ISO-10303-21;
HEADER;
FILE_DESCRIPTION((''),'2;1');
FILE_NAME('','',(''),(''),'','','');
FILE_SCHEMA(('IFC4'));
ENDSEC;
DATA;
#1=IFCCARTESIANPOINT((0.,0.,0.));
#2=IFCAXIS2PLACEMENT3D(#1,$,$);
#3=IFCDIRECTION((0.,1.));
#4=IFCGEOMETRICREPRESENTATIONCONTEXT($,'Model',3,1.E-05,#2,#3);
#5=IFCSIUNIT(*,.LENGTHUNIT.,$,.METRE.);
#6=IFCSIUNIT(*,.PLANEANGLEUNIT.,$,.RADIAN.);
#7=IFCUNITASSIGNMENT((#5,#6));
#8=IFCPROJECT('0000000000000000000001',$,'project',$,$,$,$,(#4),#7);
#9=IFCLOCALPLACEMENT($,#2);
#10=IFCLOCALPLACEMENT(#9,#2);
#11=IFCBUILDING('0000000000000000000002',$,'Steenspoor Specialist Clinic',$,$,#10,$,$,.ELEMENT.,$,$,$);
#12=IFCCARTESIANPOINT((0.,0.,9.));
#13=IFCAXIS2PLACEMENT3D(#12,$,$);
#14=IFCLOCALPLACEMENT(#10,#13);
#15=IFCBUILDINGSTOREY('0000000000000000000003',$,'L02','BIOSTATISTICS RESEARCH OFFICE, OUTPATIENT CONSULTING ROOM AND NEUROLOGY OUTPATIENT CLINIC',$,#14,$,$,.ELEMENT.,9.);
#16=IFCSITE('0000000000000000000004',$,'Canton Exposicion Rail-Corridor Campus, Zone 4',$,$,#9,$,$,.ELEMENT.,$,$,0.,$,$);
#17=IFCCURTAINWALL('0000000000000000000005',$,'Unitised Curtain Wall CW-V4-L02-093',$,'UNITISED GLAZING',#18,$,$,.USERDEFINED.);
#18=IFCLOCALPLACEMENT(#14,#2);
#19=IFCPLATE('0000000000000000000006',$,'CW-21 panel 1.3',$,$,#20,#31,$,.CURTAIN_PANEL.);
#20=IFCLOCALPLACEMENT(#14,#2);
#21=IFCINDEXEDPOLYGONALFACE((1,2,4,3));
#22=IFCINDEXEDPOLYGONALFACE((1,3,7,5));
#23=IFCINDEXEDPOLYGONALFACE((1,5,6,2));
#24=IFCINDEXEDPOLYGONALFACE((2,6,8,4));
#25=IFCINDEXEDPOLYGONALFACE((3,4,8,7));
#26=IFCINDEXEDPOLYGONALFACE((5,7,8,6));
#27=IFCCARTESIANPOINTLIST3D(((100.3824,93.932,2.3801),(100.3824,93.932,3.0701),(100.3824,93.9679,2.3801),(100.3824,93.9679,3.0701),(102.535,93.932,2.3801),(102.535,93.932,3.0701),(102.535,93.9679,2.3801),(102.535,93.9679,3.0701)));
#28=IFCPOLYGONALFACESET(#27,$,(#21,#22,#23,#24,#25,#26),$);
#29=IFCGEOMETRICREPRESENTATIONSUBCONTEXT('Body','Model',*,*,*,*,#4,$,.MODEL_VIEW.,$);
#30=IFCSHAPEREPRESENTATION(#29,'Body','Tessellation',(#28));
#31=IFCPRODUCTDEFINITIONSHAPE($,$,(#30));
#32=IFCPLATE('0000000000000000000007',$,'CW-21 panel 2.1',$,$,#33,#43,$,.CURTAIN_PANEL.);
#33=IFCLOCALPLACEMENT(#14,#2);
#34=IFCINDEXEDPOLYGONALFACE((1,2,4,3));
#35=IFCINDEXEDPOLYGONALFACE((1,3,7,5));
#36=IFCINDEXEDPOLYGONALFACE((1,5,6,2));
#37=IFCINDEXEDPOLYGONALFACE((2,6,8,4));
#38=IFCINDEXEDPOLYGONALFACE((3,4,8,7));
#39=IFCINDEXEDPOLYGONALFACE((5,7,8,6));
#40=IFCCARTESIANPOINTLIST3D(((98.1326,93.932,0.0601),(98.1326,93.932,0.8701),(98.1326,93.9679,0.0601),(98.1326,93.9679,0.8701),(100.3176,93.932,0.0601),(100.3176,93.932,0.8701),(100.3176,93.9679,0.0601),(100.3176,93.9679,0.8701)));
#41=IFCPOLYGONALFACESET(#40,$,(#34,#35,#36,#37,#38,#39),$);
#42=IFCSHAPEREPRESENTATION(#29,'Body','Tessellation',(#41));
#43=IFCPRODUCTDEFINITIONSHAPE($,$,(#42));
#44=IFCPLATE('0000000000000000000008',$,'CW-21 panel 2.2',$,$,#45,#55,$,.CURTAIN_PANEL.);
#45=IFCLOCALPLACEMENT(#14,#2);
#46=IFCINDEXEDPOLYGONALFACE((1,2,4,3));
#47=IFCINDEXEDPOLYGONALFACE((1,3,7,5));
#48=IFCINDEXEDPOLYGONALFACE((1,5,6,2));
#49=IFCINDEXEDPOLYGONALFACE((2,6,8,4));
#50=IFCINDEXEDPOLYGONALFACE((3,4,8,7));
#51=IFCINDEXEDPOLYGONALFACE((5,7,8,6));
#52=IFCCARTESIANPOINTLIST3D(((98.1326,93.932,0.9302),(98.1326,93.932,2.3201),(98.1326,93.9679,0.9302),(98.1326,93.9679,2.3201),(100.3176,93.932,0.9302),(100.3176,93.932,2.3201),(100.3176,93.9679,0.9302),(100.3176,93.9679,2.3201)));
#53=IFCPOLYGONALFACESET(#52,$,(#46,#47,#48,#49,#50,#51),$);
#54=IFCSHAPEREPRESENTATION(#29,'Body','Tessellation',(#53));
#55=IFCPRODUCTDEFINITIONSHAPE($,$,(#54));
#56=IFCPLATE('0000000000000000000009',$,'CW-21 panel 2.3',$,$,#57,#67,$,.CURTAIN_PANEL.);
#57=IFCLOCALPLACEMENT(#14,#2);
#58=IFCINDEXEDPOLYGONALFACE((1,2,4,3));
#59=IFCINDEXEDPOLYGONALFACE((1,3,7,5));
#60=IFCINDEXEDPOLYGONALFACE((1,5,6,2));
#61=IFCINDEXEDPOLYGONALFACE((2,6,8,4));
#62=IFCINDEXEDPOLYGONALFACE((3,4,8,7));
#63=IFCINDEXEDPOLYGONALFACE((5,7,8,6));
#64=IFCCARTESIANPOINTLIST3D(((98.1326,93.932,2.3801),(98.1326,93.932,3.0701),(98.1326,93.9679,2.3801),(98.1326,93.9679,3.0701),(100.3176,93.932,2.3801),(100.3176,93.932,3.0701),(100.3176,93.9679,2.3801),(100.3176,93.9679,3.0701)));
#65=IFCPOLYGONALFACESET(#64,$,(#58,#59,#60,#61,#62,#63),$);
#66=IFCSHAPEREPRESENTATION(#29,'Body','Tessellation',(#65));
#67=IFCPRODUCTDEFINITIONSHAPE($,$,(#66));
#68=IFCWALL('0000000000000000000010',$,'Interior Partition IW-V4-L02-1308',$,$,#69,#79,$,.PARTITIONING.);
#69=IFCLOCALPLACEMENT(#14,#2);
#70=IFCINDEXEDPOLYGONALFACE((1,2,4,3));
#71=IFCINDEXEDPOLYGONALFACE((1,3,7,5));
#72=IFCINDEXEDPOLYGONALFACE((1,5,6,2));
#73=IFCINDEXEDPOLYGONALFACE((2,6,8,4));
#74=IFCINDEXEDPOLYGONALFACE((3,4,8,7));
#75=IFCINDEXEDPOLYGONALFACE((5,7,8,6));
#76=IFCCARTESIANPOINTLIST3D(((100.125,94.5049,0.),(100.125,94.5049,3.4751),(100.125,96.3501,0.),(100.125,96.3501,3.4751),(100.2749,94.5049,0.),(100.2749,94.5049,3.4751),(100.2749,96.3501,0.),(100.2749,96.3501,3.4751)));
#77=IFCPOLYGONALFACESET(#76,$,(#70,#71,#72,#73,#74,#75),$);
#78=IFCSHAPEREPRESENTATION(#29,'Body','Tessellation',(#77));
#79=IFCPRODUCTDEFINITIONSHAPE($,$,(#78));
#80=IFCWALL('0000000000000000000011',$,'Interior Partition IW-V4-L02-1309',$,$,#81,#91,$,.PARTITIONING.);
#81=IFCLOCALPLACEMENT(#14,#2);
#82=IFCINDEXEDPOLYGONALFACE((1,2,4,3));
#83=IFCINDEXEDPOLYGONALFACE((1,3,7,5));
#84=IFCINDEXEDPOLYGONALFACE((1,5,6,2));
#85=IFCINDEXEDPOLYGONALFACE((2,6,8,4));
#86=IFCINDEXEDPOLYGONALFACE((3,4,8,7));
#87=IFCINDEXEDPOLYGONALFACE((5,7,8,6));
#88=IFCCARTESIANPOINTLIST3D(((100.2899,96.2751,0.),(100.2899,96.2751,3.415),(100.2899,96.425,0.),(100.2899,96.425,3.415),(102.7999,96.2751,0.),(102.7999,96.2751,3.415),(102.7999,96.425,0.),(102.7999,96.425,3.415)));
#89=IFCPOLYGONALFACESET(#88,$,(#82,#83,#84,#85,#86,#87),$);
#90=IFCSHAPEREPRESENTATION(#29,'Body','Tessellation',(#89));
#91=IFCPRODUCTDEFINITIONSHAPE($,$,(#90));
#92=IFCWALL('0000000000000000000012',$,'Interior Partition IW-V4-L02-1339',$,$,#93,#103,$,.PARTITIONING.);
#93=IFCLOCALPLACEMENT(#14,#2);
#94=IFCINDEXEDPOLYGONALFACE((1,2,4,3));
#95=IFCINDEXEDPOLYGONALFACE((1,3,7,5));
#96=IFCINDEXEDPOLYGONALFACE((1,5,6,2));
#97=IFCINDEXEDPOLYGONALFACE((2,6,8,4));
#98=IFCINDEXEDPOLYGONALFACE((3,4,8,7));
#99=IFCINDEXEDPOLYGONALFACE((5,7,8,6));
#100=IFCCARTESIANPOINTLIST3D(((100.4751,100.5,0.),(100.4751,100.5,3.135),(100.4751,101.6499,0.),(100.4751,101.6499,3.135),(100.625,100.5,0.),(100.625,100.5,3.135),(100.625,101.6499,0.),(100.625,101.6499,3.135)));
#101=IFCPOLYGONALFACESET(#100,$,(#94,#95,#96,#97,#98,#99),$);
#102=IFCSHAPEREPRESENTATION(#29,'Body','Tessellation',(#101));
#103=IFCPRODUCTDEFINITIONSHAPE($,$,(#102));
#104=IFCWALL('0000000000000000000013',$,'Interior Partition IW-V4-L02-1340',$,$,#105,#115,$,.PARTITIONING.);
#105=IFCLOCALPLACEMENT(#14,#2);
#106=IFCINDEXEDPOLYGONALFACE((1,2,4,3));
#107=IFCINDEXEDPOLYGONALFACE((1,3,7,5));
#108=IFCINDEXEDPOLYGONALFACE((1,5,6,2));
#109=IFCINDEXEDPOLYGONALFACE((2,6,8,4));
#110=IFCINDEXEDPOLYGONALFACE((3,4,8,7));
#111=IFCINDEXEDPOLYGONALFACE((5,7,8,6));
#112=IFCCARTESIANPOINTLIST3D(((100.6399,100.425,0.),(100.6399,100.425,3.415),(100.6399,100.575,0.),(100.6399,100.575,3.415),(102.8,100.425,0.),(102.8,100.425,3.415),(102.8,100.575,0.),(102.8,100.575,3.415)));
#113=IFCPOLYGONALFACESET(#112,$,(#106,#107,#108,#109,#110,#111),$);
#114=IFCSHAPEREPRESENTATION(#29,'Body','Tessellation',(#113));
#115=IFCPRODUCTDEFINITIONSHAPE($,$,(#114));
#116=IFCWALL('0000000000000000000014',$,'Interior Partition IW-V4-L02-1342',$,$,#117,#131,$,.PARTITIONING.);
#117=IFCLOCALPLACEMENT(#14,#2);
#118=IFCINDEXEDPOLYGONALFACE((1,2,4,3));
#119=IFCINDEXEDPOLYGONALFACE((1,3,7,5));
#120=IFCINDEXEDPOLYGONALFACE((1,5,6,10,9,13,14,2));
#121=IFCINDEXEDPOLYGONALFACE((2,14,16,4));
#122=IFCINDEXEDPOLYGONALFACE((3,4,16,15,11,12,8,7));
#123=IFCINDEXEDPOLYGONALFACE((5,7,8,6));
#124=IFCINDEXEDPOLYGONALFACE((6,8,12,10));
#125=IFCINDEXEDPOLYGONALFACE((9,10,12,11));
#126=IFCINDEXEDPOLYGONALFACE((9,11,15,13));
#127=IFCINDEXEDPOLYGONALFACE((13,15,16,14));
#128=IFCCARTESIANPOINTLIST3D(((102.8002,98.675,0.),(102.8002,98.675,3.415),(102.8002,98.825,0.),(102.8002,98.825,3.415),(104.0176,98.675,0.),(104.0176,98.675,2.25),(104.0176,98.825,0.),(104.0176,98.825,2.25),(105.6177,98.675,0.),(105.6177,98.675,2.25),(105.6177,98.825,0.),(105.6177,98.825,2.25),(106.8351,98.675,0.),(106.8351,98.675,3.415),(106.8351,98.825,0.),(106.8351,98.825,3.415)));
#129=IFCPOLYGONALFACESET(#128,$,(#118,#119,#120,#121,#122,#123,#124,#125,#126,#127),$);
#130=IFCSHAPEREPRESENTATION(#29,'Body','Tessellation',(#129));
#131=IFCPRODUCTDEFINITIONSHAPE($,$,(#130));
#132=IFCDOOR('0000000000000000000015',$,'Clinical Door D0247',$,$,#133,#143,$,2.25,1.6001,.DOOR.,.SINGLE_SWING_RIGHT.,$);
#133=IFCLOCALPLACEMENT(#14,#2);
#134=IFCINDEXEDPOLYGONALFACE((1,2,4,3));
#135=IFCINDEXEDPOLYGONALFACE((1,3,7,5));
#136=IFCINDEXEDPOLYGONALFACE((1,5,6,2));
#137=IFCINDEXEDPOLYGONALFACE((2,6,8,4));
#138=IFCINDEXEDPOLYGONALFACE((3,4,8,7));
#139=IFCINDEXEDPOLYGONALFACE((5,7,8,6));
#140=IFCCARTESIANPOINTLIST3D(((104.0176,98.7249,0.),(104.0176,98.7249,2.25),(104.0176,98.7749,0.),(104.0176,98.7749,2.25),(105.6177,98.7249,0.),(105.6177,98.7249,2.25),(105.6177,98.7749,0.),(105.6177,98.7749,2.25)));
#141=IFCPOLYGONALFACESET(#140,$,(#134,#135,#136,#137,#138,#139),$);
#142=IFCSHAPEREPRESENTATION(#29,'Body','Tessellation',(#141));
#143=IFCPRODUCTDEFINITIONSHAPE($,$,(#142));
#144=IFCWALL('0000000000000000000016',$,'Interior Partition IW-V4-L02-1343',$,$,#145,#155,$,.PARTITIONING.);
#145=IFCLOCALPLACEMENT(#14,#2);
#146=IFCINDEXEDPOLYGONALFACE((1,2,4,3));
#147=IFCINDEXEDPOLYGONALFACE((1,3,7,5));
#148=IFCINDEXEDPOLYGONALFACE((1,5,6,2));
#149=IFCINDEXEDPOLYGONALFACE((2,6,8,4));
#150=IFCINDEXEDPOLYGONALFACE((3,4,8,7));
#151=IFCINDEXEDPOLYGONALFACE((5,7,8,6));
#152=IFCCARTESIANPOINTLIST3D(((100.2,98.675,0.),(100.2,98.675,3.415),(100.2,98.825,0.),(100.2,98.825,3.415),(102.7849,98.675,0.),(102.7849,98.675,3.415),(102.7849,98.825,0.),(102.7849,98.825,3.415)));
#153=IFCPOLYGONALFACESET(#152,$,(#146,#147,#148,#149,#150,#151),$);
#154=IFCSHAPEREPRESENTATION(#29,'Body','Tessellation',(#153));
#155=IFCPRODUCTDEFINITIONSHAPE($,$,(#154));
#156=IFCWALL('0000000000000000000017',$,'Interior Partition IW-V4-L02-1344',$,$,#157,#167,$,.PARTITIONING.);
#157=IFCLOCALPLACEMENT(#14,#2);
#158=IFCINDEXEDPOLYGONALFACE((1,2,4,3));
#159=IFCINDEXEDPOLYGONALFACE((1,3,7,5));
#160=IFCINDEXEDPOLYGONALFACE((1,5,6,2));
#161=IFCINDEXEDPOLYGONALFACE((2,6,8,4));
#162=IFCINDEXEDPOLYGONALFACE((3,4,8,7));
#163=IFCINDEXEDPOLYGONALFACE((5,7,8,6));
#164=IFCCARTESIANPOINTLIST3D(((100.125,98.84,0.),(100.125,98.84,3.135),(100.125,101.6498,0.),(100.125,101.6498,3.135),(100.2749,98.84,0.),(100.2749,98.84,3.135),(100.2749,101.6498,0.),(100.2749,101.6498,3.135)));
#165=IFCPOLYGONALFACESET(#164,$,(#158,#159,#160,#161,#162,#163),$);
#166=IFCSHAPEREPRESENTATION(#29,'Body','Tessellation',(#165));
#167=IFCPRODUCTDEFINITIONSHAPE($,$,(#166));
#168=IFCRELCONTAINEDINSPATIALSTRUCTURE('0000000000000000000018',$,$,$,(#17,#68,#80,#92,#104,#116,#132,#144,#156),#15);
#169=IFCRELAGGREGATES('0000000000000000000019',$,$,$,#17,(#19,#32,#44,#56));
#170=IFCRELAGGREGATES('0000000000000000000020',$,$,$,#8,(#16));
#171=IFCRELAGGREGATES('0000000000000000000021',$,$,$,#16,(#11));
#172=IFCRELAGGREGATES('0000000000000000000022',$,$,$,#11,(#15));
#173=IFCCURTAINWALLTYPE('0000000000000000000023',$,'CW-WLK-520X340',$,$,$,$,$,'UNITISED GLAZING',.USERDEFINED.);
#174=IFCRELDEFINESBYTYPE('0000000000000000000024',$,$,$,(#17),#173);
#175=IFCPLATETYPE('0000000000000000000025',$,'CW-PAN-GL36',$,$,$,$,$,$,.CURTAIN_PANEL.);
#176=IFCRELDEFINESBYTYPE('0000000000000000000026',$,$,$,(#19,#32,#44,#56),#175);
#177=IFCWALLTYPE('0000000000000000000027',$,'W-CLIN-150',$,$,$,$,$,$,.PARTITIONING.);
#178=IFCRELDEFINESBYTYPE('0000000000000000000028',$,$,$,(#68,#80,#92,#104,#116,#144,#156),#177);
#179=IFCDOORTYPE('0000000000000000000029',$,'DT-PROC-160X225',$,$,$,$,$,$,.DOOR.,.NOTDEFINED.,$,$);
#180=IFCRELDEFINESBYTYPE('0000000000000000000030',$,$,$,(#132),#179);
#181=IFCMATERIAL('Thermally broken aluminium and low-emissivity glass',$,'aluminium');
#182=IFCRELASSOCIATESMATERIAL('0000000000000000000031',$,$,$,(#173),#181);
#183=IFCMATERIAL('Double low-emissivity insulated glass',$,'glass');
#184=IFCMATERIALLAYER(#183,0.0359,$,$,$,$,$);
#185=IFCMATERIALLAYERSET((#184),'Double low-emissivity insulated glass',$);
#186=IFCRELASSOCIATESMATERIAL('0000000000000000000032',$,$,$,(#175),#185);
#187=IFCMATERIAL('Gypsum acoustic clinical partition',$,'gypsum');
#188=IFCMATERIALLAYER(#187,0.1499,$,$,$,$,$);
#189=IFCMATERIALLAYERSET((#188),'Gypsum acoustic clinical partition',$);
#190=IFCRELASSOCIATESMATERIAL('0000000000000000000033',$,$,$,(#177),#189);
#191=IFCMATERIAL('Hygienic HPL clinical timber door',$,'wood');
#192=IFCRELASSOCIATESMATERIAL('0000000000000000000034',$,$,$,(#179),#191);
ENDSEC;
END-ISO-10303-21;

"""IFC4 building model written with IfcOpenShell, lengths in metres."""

from ifc_helpers import new_model, si_unit, direction, frame, frame_2d, origin, origin_2d, place, context, subcontext, project, spatial, rectangle, extrude, material, layer, layer_set, type_object, element, fill, aggregate, save


model = new_model("IFC4")

# Units and contexts
model_context = context("Model", 3, precision=1e-05, world=origin(), true_north=direction((0.0, 1.0)))
body_context = subcontext(model_context, "Body", "Model", "MODEL_VIEW")
ifc_project = project(units=[si_unit("LENGTHUNIT", "METRE"), si_unit("PLANEANGLEUNIT", "RADIAN")], contexts=[model_context])

# Site, building, storey
site_placement = place(None, origin())
site = spatial("IfcSite", under=ifc_project, at=site_placement, Name="Canton Exposicion Rail-Corridor Campus, Zone 4", CompositionType="ELEMENT", RefElevation=0.0)
building_placement = place(site_placement, origin())
building = spatial("IfcBuilding", under=site, at=building_placement, Name="Steenspoor Specialist Clinic", CompositionType="ELEMENT")
storey_placement = place(building_placement, frame((0.0, 0.0, 9.0)))
storey = spatial("IfcBuildingStorey", under=building, at=storey_placement, Name="L02", Description="BIOSTATISTICS RESEARCH OFFICE, OUTPATIENT CONSULTING ROOM AND NEUROLOGY OUTPATIENT CLINIC", CompositionType="ELEMENT", Elevation=9.0)

# Curtain wall, plates
ifc_material_1 = material(Name="Thermally broken aluminium and low-emissivity glass", Category="aluminium")
curtain_wall_type = type_object("IfcCurtainWallType", Name="CW-WLK-520X340", ElementType="UNITISED GLAZING", PredefinedType="USERDEFINED", material=ifc_material_1)
curtain_wall_placement = place(storey_placement, origin())
curtain_wall = element("IfcCurtainWall", 1, at=curtain_wall_placement, inside=storey, type_object=curtain_wall_type, Name="Unitised Curtain Wall CW-V4-L02-093", ObjectType="UNITISED GLAZING", PredefinedType="USERDEFINED")
ifc_material_2 = material(Name="Double low-emissivity insulated glass", Category="glass")
ifc_layer_1 = layer(ifc_material_2, 0.0359)
ifc_layer_set_1 = layer_set([ifc_layer_1], Name="Double low-emissivity insulated glass")
plate_type = type_object("IfcPlateType", Name="CW-PAN-GL36", PredefinedType="CURTAIN_PANEL", material=ifc_layer_set_1)
plate_1_placement = place(storey_placement, frame((101.4587, 93.95, 2.3801), z_axis=(0.0, 0.0, 1.0), x_axis=(-1.0, 0.0, 0.0)))
plate_1 = element("IfcPlate", 2, at=plate_1_placement, type_object=plate_type, Name="CW-21 panel 1.3", PredefinedType="CURTAIN_PANEL", context=body_context, shape_type="SweptSolid", body=[
    extrude(rectangle(XDim=2.1526, YDim=0.0359, at=origin_2d()), origin(), (0.0, 0.0, 1.0), 0.6899),
])
plate_2_placement = place(storey_placement, frame((99.2251, 93.95, 0.0601), z_axis=(0.0, 0.0, 1.0), x_axis=(-1.0, 0.0, 0.0)))
plate_2 = element("IfcPlate", 3, at=plate_2_placement, type_object=plate_type, Name="CW-21 panel 2.1", PredefinedType="CURTAIN_PANEL", context=body_context, shape_type="SweptSolid", body=[
    extrude(rectangle(XDim=2.1851, YDim=0.0359, at=origin_2d()), origin(), (0.0, 0.0, 1.0), 0.8101),
])
plate_3_placement = place(storey_placement, frame((99.2251, 93.95, 0.9302), z_axis=(0.0, 0.0, 1.0), x_axis=(-1.0, 0.0, 0.0)))
plate_3 = element("IfcPlate", 4, at=plate_3_placement, type_object=plate_type, Name="CW-21 panel 2.2", PredefinedType="CURTAIN_PANEL", context=body_context, shape_type="SweptSolid", body=[
    extrude(rectangle(XDim=2.1851, YDim=0.0359, at=origin_2d()), origin(), (0.0, 0.0, 1.0), 1.3899),
])
plate_4_placement = place(storey_placement, frame((99.2251, 93.95, 2.3801), z_axis=(0.0, 0.0, 1.0), x_axis=(-1.0, 0.0, 0.0)))
plate_4 = element("IfcPlate", 5, at=plate_4_placement, type_object=plate_type, Name="CW-21 panel 2.3", PredefinedType="CURTAIN_PANEL", context=body_context, shape_type="SweptSolid", body=[
    extrude(rectangle(XDim=2.1851, YDim=0.0359, at=origin_2d()), origin(), (0.0, 0.0, 1.0), 0.6899),
])
aggregate(curtain_wall, [plate_1, plate_2, plate_3, plate_4])

# Walls
ifc_material_3 = material(Name="Gypsum acoustic clinical partition", Category="gypsum")
ifc_layer_2 = layer(ifc_material_3, 0.1499)
ifc_layer_set_2 = layer_set([ifc_layer_2], Name="Gypsum acoustic clinical partition")
wall_type = type_object("IfcWallType", Name="W-CLIN-150", PredefinedType="PARTITIONING", material=ifc_layer_set_2)
wall_1_placement = place(storey_placement, frame((100.2, 94.5049, 0.0), z_axis=(0.0, 0.0, 1.0), x_axis=(0.0, 1.0, 0.0)))
element("IfcWall", 6, at=wall_1_placement, inside=storey, type_object=wall_type, Name="Interior Partition IW-V4-L02-1308", PredefinedType="PARTITIONING", context=body_context, shape_type="SweptSolid", body=[
    extrude(rectangle(XDim=1.8452, YDim=0.1499, at=frame_2d((0.9226, 0.0))), origin(), (0.0, 0.0, 1.0), 3.4751),
])
wall_2_placement = place(storey_placement, frame((100.29, 96.3501, 0.0), z_axis=(0.0, 0.0, 1.0), x_axis=(1.0, 0.0, 0.0)))
element("IfcWall", 7, at=wall_2_placement, inside=storey, type_object=wall_type, Name="Interior Partition IW-V4-L02-1309", PredefinedType="PARTITIONING", context=body_context, shape_type="SweptSolid", body=[
    extrude(rectangle(XDim=2.51, YDim=0.1499, at=frame_2d((1.2549, 0.0))), origin(), (0.0, 0.0, 1.0), 3.415),
])
wall_3_placement = place(storey_placement, frame((100.55, 100.5, 0.0), z_axis=(0.0, 0.0, 1.0), x_axis=(0.0, 1.0, 0.0)))
element("IfcWall", 8, at=wall_3_placement, inside=storey, type_object=wall_type, Name="Interior Partition IW-V4-L02-1339", PredefinedType="PARTITIONING", context=body_context, shape_type="SweptSolid", body=[
    extrude(rectangle(XDim=1.1499, YDim=0.1499, at=frame_2d((0.575, 0.0))), origin(), (0.0, 0.0, 1.0), 3.135),
])
wall_4_placement = place(storey_placement, frame((100.6399, 100.5, 0.0), z_axis=(0.0, 0.0, 1.0), x_axis=(1.0, 0.0, 0.0)))
element("IfcWall", 9, at=wall_4_placement, inside=storey, type_object=wall_type, Name="Interior Partition IW-V4-L02-1340", PredefinedType="PARTITIONING", context=body_context, shape_type="SweptSolid", body=[
    extrude(rectangle(XDim=2.1602, YDim=0.1499, at=frame_2d((1.0801, 0.0))), origin(), (0.0, 0.0, 1.0), 3.415),
])

# Wall, opening, door
wall_5_placement = place(storey_placement, frame((102.8, 98.75, 0.0), z_axis=(0.0, 0.0, 1.0), x_axis=(1.0, 0.0, 0.0)))
wall_5 = element("IfcWall", 10, at=wall_5_placement, inside=storey, type_object=wall_type, Name="Interior Partition IW-V4-L02-1342", PredefinedType="PARTITIONING", context=body_context, shape_type="SweptSolid", body=[
    extrude(rectangle(XDim=4.0349, YDim=0.1499, at=frame_2d((2.0176, 0.0))), origin(), (0.0, 0.0, 1.0), 3.415),
])
opening_placement = place(wall_5_placement, frame((1.2175, 0.0, 0.0)))
opening = element("IfcOpeningElement", 11, at=opening_placement, cuts=wall_5, PredefinedType="OPENING", context=body_context, shape_type="SweptSolid", body=[
    extrude(rectangle(XDim=1.6001, YDim=2.25, at=frame_2d((0.8, 1.125))), frame((0.0, 0.085, 0.0), z_axis=(0.0, -1.0, 0.0), x_axis=(1.0, 0.0, 0.0)), (0.0, 0.0, 1.0), 0.1699),
])
ifc_material_4 = material(Name="Hygienic HPL clinical timber door", Category="wood")
door_type = type_object("IfcDoorType", Name="DT-PROC-160X225", OperationType="NOTDEFINED", PredefinedType="DOOR", material=ifc_material_4)
door_placement = place(opening_placement, origin())
door = element("IfcDoor", 12, at=door_placement, inside=storey, type_object=door_type, Name="Clinical Door D0247", OperationType="SINGLE_SWING_RIGHT", OverallHeight=2.25, OverallWidth=1.6001, PredefinedType="DOOR", context=body_context, shape_type="SweptSolid", body=[
    extrude(rectangle(XDim=1.6001, YDim=2.25, at=frame_2d((0.8, 1.125))), frame((0.0, 0.0249, 0.0), z_axis=(0.0, -1.0, 0.0), x_axis=(1.0, 0.0, 0.0)), (0.0, 0.0, 1.0), 0.05),
])
fill(opening, door)

# Walls
wall_6_placement = place(storey_placement, frame((100.2, 98.75, 0.0), z_axis=(0.0, 0.0, 1.0), x_axis=(1.0, 0.0, 0.0)))
element("IfcWall", 13, at=wall_6_placement, inside=storey, type_object=wall_type, Name="Interior Partition IW-V4-L02-1343", PredefinedType="PARTITIONING", context=body_context, shape_type="SweptSolid", body=[
    extrude(rectangle(XDim=2.585, YDim=0.1499, at=frame_2d((1.2925, 0.0))), origin(), (0.0, 0.0, 1.0), 3.415),
])
wall_7_placement = place(storey_placement, frame((100.2, 98.8401, 0.0), z_axis=(0.0, 0.0, 1.0), x_axis=(0.0, 1.0, 0.0)))
element("IfcWall", 14, at=wall_7_placement, inside=storey, type_object=wall_type, Name="Interior Partition IW-V4-L02-1344", PredefinedType="PARTITIONING", context=body_context, shape_type="SweptSolid", body=[
    extrude(rectangle(XDim=2.8098, YDim=0.1499, at=frame_2d((1.4048, 0.0))), origin(), (0.0, 0.0, 1.0), 3.135),
])

save(model, "model.ifc")
